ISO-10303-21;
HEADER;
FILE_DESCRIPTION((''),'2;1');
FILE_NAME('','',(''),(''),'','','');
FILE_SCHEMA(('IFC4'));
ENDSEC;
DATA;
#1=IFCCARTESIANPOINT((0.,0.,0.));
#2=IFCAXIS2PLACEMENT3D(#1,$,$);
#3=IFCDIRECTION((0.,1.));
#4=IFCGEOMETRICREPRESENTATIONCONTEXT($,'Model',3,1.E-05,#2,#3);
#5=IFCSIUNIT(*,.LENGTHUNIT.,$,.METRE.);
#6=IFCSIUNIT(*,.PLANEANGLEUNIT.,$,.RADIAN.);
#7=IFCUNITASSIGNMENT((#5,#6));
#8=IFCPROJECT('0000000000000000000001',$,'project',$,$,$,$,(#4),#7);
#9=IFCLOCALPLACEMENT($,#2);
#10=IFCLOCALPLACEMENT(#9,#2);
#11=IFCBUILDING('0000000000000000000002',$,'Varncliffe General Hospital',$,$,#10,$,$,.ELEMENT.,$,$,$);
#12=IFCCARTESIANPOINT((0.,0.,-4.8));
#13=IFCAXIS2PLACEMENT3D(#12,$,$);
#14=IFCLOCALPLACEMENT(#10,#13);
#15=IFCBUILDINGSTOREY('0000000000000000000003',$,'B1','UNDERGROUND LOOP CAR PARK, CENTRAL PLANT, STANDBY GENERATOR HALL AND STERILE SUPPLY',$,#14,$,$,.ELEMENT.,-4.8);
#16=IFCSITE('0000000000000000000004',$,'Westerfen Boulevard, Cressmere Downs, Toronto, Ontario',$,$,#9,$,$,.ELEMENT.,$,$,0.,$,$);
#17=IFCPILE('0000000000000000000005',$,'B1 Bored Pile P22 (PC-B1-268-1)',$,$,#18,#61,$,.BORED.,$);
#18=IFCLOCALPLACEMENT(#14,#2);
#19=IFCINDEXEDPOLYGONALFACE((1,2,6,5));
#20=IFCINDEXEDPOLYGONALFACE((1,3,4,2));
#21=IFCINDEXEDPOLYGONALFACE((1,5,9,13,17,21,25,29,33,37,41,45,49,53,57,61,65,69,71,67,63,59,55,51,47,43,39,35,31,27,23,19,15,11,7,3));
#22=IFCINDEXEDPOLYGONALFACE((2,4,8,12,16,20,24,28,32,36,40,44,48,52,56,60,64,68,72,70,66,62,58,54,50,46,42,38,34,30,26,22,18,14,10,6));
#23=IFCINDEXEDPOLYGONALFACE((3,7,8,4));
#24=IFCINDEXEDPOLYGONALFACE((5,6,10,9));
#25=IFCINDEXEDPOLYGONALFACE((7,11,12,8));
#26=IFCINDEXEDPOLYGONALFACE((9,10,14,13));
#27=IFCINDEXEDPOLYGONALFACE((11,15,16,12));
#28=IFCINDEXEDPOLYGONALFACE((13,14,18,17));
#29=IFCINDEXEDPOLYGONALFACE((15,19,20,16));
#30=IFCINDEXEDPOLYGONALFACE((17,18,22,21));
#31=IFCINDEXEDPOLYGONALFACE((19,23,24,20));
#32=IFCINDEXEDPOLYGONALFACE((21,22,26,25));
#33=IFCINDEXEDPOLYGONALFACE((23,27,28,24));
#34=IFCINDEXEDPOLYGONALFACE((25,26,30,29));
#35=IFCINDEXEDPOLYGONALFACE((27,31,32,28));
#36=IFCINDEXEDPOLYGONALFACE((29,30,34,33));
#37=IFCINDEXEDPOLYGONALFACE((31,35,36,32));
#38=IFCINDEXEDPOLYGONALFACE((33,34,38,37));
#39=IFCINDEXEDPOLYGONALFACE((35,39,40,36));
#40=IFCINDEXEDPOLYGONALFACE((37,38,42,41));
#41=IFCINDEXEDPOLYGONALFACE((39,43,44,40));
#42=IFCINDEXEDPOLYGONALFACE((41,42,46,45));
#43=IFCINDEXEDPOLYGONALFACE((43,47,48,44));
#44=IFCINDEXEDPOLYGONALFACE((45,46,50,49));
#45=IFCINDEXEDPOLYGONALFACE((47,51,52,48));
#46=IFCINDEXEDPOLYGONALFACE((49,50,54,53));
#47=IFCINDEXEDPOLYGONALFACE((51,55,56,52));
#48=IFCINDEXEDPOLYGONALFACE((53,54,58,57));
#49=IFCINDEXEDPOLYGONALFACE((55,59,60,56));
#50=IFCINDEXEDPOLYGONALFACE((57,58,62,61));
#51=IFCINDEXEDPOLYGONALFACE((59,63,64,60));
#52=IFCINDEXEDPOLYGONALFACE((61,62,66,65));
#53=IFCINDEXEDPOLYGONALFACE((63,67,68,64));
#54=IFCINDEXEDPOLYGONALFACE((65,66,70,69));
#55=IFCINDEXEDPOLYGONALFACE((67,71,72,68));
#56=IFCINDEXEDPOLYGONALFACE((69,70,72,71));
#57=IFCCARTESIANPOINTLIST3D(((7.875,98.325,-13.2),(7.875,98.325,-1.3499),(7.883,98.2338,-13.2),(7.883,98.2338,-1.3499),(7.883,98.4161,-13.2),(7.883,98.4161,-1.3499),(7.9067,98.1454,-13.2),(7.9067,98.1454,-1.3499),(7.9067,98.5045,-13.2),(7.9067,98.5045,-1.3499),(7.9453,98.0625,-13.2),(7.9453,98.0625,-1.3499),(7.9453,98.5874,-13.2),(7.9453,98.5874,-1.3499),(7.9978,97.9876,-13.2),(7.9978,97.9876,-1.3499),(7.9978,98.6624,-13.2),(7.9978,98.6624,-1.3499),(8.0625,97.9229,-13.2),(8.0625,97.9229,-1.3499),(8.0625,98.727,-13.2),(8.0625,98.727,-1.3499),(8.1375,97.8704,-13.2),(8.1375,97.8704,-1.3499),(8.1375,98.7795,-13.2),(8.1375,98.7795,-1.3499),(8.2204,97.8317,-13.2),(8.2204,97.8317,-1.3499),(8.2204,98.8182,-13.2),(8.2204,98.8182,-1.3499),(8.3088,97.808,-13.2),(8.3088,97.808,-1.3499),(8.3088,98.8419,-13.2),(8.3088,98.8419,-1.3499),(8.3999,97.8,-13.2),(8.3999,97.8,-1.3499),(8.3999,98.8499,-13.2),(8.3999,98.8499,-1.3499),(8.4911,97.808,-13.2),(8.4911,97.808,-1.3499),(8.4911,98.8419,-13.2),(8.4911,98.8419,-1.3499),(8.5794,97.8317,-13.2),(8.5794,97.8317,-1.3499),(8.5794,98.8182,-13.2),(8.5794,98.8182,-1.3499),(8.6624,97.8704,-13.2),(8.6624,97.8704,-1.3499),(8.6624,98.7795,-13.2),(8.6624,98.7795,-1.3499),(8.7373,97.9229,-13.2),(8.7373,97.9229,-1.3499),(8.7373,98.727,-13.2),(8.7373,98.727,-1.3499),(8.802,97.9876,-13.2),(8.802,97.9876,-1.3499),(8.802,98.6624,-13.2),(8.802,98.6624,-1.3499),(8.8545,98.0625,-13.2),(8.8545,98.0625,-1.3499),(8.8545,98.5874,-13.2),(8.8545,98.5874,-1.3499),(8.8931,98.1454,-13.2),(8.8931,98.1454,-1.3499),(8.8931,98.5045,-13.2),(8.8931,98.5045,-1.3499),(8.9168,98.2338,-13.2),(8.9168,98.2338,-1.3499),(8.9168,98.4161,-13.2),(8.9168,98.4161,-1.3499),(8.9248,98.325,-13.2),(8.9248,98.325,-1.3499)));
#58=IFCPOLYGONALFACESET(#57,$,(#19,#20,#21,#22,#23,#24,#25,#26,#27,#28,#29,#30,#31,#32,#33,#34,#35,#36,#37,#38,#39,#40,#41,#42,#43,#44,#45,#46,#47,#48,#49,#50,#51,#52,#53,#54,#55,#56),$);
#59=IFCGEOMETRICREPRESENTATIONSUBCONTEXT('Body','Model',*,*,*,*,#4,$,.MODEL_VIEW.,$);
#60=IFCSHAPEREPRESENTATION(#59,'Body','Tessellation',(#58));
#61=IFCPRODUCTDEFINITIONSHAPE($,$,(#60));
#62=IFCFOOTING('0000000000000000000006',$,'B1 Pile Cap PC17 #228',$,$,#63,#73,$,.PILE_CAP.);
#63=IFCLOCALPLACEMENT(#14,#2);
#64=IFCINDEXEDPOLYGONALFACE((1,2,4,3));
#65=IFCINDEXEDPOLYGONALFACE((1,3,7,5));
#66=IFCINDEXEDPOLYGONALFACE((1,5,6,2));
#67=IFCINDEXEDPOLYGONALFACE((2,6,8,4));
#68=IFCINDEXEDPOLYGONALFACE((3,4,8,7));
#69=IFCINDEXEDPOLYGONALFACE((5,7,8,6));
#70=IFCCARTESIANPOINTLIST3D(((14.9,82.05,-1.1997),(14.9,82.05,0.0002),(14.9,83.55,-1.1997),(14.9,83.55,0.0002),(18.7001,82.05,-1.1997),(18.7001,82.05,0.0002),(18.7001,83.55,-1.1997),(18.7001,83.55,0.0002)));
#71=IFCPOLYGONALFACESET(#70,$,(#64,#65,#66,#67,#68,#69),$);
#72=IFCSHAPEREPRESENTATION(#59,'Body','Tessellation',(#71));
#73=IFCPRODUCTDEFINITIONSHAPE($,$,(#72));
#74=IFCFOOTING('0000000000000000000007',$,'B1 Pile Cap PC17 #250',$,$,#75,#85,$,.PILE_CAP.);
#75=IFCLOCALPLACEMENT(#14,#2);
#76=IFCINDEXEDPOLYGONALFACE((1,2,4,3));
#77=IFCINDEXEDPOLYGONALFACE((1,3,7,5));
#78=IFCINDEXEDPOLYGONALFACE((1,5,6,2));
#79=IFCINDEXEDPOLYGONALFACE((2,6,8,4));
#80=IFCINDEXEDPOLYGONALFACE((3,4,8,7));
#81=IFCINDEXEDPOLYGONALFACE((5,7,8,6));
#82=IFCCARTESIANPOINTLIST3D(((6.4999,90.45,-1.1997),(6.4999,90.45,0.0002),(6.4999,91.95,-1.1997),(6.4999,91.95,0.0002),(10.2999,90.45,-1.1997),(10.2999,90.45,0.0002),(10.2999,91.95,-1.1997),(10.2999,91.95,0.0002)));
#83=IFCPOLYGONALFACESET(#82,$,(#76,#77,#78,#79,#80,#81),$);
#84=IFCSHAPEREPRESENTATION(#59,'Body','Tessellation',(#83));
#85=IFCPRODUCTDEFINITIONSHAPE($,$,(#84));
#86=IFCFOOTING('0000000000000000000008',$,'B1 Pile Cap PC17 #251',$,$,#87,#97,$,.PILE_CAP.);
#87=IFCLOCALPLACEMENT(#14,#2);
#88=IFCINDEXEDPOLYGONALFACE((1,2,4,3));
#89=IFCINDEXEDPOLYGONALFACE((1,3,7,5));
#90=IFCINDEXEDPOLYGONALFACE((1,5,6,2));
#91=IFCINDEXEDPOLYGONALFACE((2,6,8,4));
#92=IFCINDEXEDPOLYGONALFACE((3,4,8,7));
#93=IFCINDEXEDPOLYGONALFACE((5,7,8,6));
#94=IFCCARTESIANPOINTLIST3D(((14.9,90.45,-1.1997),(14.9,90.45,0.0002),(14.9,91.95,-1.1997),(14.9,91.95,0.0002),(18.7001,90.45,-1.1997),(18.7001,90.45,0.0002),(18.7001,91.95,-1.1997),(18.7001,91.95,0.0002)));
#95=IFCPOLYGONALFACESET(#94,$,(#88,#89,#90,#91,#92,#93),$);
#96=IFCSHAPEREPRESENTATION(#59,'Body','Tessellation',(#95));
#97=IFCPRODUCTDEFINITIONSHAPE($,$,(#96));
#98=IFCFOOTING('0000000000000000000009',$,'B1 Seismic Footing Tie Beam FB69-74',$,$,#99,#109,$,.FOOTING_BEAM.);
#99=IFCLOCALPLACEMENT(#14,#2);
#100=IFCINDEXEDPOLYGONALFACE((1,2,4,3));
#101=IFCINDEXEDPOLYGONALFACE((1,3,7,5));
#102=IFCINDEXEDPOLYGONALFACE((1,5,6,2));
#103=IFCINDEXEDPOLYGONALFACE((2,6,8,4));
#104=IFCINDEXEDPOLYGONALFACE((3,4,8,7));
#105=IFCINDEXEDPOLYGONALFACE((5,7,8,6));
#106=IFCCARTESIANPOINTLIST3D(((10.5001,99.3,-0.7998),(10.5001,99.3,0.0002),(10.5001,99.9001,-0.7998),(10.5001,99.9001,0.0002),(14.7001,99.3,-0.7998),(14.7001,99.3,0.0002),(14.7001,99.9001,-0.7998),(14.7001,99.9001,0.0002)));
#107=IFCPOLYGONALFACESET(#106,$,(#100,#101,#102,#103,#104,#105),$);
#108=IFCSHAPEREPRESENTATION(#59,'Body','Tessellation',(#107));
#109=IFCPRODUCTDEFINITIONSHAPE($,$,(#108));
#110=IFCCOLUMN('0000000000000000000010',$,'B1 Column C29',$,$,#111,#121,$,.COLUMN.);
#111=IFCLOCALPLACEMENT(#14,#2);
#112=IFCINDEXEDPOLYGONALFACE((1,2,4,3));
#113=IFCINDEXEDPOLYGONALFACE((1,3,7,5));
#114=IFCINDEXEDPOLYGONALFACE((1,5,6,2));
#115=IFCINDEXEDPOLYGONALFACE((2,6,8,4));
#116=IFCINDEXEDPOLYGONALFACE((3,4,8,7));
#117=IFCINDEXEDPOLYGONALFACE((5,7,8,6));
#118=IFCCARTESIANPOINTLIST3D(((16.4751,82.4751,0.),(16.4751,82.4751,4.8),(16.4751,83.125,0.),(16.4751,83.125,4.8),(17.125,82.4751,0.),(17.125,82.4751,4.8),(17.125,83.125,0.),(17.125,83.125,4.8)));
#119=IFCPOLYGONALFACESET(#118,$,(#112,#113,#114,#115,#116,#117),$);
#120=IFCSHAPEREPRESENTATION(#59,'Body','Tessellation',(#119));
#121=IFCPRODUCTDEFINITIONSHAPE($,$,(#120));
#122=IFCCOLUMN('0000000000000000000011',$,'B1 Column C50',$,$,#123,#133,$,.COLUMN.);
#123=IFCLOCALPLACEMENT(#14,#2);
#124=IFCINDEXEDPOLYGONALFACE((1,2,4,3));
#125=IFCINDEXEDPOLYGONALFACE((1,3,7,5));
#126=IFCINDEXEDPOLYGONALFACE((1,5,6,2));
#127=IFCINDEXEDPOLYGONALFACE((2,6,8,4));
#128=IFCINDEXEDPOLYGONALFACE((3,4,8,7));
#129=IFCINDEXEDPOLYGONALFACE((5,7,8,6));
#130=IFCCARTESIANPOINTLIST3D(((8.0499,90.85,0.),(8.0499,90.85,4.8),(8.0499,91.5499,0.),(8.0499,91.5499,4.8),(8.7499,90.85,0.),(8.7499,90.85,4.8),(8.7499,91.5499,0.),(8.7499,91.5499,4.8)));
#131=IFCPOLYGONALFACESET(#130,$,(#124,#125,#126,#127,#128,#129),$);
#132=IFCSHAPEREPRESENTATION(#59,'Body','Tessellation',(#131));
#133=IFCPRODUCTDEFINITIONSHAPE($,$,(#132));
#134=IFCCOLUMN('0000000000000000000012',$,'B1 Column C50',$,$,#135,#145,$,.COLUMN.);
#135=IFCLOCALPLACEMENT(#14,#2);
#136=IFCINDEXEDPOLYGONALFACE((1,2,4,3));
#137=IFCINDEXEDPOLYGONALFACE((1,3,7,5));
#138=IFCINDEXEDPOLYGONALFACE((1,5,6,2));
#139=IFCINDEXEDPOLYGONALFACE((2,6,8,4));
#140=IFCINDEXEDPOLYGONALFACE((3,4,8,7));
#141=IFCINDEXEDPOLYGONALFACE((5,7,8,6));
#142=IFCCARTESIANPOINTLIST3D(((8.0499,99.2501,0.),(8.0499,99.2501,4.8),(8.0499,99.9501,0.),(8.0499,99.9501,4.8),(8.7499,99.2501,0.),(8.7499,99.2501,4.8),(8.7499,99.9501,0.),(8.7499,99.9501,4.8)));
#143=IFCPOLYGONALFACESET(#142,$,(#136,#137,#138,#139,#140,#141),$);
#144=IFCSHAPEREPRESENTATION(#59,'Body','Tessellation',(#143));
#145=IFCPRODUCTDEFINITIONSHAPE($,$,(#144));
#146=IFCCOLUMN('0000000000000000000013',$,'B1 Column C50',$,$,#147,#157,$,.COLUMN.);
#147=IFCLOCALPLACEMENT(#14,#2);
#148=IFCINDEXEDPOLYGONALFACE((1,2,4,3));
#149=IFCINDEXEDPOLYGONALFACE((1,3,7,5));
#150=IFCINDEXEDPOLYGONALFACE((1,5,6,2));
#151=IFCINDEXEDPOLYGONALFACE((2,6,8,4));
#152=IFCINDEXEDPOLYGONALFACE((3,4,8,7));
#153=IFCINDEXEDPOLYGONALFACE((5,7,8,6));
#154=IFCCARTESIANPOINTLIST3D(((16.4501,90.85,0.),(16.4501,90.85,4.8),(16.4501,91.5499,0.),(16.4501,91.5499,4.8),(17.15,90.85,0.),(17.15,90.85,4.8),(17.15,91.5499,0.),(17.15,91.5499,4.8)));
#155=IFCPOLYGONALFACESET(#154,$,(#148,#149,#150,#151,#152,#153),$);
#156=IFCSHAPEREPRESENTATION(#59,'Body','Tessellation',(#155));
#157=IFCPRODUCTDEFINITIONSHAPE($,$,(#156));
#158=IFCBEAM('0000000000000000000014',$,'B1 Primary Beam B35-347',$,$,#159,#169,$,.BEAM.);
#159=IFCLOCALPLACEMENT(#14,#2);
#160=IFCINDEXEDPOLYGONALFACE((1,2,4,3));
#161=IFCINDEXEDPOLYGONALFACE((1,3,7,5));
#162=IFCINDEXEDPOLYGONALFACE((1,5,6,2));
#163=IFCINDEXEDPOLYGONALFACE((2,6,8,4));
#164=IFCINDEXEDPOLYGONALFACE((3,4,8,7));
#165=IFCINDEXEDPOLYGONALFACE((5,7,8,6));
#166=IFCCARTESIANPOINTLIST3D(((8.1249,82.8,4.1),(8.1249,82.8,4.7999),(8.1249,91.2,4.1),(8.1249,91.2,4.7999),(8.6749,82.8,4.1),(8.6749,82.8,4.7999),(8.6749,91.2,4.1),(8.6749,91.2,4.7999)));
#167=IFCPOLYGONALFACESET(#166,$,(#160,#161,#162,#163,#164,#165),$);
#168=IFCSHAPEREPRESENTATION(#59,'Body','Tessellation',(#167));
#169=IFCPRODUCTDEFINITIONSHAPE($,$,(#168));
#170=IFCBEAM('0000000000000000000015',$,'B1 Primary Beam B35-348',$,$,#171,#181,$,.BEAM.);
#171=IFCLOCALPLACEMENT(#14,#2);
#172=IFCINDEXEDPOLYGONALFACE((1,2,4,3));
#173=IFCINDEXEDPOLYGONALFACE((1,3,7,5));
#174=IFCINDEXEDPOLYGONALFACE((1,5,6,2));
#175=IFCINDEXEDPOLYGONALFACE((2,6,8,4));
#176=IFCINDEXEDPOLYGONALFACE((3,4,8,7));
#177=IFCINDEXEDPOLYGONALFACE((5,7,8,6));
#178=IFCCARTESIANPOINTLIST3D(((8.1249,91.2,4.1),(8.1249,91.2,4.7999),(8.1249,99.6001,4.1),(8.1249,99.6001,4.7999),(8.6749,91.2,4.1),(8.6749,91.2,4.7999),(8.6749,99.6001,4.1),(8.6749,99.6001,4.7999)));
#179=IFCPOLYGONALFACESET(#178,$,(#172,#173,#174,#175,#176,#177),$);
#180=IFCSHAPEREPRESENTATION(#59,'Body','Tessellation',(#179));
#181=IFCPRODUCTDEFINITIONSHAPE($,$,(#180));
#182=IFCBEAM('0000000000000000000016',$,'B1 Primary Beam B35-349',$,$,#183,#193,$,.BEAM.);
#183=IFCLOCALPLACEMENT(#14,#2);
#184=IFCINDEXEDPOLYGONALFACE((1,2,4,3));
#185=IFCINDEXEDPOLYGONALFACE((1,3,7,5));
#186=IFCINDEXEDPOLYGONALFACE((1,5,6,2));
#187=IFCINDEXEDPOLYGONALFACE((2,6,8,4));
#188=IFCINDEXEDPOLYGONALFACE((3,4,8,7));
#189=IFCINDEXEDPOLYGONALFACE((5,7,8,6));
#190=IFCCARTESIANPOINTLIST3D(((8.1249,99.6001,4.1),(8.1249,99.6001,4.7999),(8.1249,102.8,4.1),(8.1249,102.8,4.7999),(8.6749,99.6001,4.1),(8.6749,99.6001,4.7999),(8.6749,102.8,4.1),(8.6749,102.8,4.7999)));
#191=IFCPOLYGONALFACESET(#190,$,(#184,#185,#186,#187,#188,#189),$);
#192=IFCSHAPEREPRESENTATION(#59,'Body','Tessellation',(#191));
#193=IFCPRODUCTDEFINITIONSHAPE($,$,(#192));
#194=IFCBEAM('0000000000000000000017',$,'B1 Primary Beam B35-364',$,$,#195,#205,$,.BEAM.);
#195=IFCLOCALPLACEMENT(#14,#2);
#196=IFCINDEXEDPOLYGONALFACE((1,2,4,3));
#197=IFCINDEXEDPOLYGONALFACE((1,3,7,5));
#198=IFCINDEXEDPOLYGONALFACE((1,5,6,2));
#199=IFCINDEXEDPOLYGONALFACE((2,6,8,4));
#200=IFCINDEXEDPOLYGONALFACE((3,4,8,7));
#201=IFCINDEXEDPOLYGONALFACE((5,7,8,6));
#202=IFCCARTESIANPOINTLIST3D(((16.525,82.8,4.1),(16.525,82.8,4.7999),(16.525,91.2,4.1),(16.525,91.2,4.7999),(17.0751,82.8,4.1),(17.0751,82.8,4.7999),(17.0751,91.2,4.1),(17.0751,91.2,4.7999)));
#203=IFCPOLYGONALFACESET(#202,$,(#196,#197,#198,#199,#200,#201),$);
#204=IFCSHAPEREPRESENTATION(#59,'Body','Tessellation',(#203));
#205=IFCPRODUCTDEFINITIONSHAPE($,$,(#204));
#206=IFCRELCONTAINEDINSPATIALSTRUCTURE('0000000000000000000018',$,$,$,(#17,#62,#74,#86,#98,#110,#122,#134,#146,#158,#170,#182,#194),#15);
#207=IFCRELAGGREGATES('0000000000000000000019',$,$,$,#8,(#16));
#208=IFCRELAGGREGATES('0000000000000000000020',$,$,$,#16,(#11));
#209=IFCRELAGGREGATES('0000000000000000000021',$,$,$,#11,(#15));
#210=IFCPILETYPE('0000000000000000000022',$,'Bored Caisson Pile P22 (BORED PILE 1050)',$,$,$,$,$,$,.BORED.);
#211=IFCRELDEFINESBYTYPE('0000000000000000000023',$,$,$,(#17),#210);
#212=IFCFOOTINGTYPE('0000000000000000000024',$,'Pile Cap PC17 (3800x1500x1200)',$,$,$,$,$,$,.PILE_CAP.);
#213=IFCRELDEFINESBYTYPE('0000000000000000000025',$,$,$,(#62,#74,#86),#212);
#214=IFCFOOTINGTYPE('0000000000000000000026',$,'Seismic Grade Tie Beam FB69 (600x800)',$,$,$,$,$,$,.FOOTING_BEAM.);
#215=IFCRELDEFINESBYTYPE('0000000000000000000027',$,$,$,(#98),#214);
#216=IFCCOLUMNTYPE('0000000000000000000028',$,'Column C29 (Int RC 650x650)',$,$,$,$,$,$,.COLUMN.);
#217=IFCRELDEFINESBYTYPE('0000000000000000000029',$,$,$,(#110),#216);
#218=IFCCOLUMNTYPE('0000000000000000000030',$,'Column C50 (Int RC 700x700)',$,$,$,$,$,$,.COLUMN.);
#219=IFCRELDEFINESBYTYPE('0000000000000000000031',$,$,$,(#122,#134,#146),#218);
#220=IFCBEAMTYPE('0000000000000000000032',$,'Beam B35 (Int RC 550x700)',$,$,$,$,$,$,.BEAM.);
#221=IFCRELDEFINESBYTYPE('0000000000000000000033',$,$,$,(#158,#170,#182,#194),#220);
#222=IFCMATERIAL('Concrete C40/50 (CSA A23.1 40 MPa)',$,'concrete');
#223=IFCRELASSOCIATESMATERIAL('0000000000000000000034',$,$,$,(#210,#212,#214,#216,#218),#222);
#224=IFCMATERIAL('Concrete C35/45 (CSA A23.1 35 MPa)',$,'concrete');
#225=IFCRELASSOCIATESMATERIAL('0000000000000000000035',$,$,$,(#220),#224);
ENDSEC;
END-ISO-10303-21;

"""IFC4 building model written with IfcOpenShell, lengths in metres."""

from ifc_helpers import new_model, si_unit, direction, frame, origin, origin_2d, place, context, subcontext, project, spatial, rectangle, circle, extrude, material, material_profile, profile_set, type_object, element, save


model = new_model("IFC4")

# Units and contexts
model_context = context("Model", 3, precision=1e-05, world=origin(), true_north=direction((0.0, 1.0)))
body_context = subcontext(model_context, "Body", "Model", "MODEL_VIEW")
ifc_project = project(units=[si_unit("LENGTHUNIT", "METRE"), si_unit("PLANEANGLEUNIT", "RADIAN")], contexts=[model_context])

# Site, building, storey
site_placement = place(None, origin())
site = spatial("IfcSite", under=ifc_project, at=site_placement, Name="Westerfen Boulevard, Cressmere Downs, Toronto, Ontario", CompositionType="ELEMENT", RefElevation=0.0)
building_placement = place(site_placement, origin())
building = spatial("IfcBuilding", under=site, at=building_placement, Name="Varncliffe General Hospital", CompositionType="ELEMENT")
storey_placement = place(building_placement, frame((0.0, 0.0, -4.8)))
storey = spatial("IfcBuildingStorey", under=building, at=storey_placement, Name="B1", Description="UNDERGROUND LOOP CAR PARK, CENTRAL PLANT, STANDBY GENERATOR HALL AND STERILE SUPPLY", CompositionType="ELEMENT", Elevation=-4.8)

# Pile
ifc_material_1 = material(Name="Concrete C40/50 (CSA A23.1 40 MPa)", Category="concrete")
ifc_material_profile_1 = material_profile(ifc_material_1, circle(Radius=0.5249, at=origin_2d()), Name="BORED PILE 1050")
ifc_profile_set_1 = profile_set([ifc_material_profile_1], Name="Concrete C40/50 (CSA A23.1 40 MPa)")
pile_type_1 = type_object("IfcPileType", Name="Bored Caisson Pile P22 (BORED PILE 1050)", PredefinedType="BORED", material=ifc_profile_set_1)
pile_placement = place(storey_placement, frame((8.3999, 98.325, -1.3499), z_axis=(0.0, 0.0, -1.0), x_axis=(1.0, 0.0, 0.0)))
element("IfcPile", 1, at=pile_placement, inside=storey, type_object=pile_type_1, Name="B1 Bored Pile P22 (PC-B1-268-1)", PredefinedType="BORED", context=body_context, shape_type="SweptSolid", body=[
    extrude(circle(Radius=0.5249, at=origin_2d()), origin(), (0.0, 0.0, 1.0), 11.8501),
])

# Footings
footing_type_1 = type_object("IfcFootingType", Name="Pile Cap PC17 (3800x1500x1200)", PredefinedType="PILE_CAP", material=ifc_material_1)
for number, where, z_axis, x_axis, name in (
    (2, (16.8, 82.8, -1.1997), (0.0, 0.0, 1.0), (1.0, 0.0, 0.0), "B1 Pile Cap PC17 #228"),
    (3, (8.3999, 91.2, -1.1997), (0.0, 0.0, 1.0), (1.0, 0.0, 0.0), "B1 Pile Cap PC17 #250"),
    (4, (16.8, 91.2, -1.1997), (0.0, 0.0, 1.0), (1.0, 0.0, 0.0), "B1 Pile Cap PC17 #251"),
):
    element("IfcFooting", number, at=place(storey_placement, frame(where, z_axis=z_axis, x_axis=x_axis)), inside=storey, type_object=footing_type_1, Name=name, PredefinedType="PILE_CAP", context=body_context, shape_type="SweptSolid", body=[
        extrude(rectangle(XDim=3.8, YDim=1.5, at=origin_2d()), origin(), (0.0, 0.0, 1.0), 1.2),
    ])
footing_type_2 = type_object("IfcFootingType", Name="Seismic Grade Tie Beam FB69 (600x800)", PredefinedType="FOOTING_BEAM", material=ifc_material_1)
footing_placement = place(storey_placement, frame((12.6001, 99.6001, -0.7998), z_axis=(0.0, 0.0, 1.0), x_axis=(1.0, 0.0, 0.0)))
element("IfcFooting", 5, at=footing_placement, inside=storey, type_object=footing_type_2, Name="B1 Seismic Footing Tie Beam FB69-74", PredefinedType="FOOTING_BEAM", context=body_context, shape_type="SweptSolid", body=[
    extrude(rectangle(XDim=4.2, YDim=0.6001, at=origin_2d()), origin(), (0.0, 0.0, 1.0), 0.8),
])

# Columns
ifc_material_profile_2 = material_profile(ifc_material_1, rectangle(XDim=0.6499, YDim=0.6499, at=origin_2d()), Name="RC 650x650")
ifc_profile_set_2 = profile_set([ifc_material_profile_2], Name="Concrete C40/50 (CSA A23.1 40 MPa)")
column_type_1 = type_object("IfcColumnType", Name="Column C29 (Int RC 650x650)", PredefinedType="COLUMN", material=ifc_profile_set_2)
column_placement = place(storey_placement, frame((16.8, 82.8, 0.0), z_axis=(0.0, 0.0, 1.0), x_axis=(1.0, 0.0, 0.0)))
element("IfcColumn", 6, at=column_placement, inside=storey, type_object=column_type_1, Name="B1 Column C29", PredefinedType="COLUMN", context=body_context, shape_type="SweptSolid", body=[
    extrude(rectangle(XDim=0.6499, YDim=0.6499, at=origin_2d()), origin(), (0.0, 0.0, 1.0), 4.8),
])
ifc_material_profile_3 = material_profile(ifc_material_1, rectangle(XDim=0.7, YDim=0.7, at=origin_2d()), Name="RC 700x700")
ifc_profile_set_3 = profile_set([ifc_material_profile_3], Name="Concrete C40/50 (CSA A23.1 40 MPa)")
column_type_2 = type_object("IfcColumnType", Name="Column C50 (Int RC 700x700)", PredefinedType="COLUMN", material=ifc_profile_set_3)
for number, where, z_axis, x_axis, name in (
    (7, (8.3999, 91.2, 0.0), (0.0, 0.0, 1.0), (1.0, 0.0, 0.0), "B1 Column C50"),
    (8, (8.3999, 99.6001, 0.0), (0.0, 0.0, 1.0), (1.0, 0.0, 0.0), "B1 Column C50"),
    (9, (16.8, 91.2, 0.0), (0.0, 0.0, 1.0), (1.0, 0.0, 0.0), "B1 Column C50"),
):
    element("IfcColumn", number, at=place(storey_placement, frame(where, z_axis=z_axis, x_axis=x_axis)), inside=storey, type_object=column_type_2, Name=name, PredefinedType="COLUMN", context=body_context, shape_type="SweptSolid", body=[
        extrude(rectangle(XDim=0.7, YDim=0.7, at=origin_2d()), origin(), (0.0, 0.0, 1.0), 4.8),
    ])

# Beams
ifc_material_2 = material(Name="Concrete C35/45 (CSA A23.1 35 MPa)", Category="concrete")
ifc_material_profile_4 = material_profile(ifc_material_2, rectangle(XDim=0.55, YDim=0.7, at=origin_2d()), Name="RC 550x700")
ifc_profile_set_4 = profile_set([ifc_material_profile_4], Name="Concrete C35/45 (CSA A23.1 35 MPa)")
beam_type_1 = type_object("IfcBeamType", Name="Beam B35 (Int RC 550x700)", PredefinedType="BEAM", material=ifc_profile_set_4)
beam_1_placement = place(storey_placement, frame((8.3999, 82.8, 4.45), z_axis=(0.0, 1.0, 0.0), x_axis=(-1.0, 0.0, 0.0)))
element("IfcBeam", 10, at=beam_1_placement, inside=storey, type_object=beam_type_1, Name="B1 Primary Beam B35-347", PredefinedType="BEAM", context=body_context, shape_type="SweptSolid", body=[
    extrude(rectangle(XDim=0.55, YDim=0.7, at=origin_2d()), origin(), (0.0, 0.0, 1.0), 8.3999),
])
beam_2_placement = place(storey_placement, frame((8.3999, 91.2, 4.45), z_axis=(0.0, 1.0, 0.0), x_axis=(-1.0, 0.0, 0.0)))
element("IfcBeam", 11, at=beam_2_placement, inside=storey, type_object=beam_type_1, Name="B1 Primary Beam B35-348", PredefinedType="BEAM", context=body_context, shape_type="SweptSolid", body=[
    extrude(rectangle(XDim=0.55, YDim=0.7, at=origin_2d()), origin(), (0.0, 0.0, 1.0), 8.4001),
])
beam_3_placement = place(storey_placement, frame((8.3999, 99.6001, 4.45), z_axis=(0.0, 1.0, 0.0), x_axis=(-1.0, 0.0, 0.0)))
element("IfcBeam", 12, at=beam_3_placement, inside=storey, type_object=beam_type_1, Name="B1 Primary Beam B35-349", PredefinedType="BEAM", context=body_context, shape_type="SweptSolid", body=[
    extrude(rectangle(XDim=0.55, YDim=0.7, at=origin_2d()), origin(), (0.0, 0.0, 1.0), 3.2),
])
beam_4_placement = place(storey_placement, frame((16.8, 82.8, 4.45), z_axis=(0.0, 1.0, 0.0), x_axis=(-1.0, 0.0, 0.0)))
element("IfcBeam", 13, at=beam_4_placement, inside=storey, type_object=beam_type_1, Name="B1 Primary Beam B35-364", PredefinedType="BEAM", context=body_context, shape_type="SweptSolid", body=[
    extrude(rectangle(XDim=0.55, YDim=0.7, at=origin_2d()), origin(), (0.0, 0.0, 1.0), 8.3999),
])

save(model, "model.ifc")
